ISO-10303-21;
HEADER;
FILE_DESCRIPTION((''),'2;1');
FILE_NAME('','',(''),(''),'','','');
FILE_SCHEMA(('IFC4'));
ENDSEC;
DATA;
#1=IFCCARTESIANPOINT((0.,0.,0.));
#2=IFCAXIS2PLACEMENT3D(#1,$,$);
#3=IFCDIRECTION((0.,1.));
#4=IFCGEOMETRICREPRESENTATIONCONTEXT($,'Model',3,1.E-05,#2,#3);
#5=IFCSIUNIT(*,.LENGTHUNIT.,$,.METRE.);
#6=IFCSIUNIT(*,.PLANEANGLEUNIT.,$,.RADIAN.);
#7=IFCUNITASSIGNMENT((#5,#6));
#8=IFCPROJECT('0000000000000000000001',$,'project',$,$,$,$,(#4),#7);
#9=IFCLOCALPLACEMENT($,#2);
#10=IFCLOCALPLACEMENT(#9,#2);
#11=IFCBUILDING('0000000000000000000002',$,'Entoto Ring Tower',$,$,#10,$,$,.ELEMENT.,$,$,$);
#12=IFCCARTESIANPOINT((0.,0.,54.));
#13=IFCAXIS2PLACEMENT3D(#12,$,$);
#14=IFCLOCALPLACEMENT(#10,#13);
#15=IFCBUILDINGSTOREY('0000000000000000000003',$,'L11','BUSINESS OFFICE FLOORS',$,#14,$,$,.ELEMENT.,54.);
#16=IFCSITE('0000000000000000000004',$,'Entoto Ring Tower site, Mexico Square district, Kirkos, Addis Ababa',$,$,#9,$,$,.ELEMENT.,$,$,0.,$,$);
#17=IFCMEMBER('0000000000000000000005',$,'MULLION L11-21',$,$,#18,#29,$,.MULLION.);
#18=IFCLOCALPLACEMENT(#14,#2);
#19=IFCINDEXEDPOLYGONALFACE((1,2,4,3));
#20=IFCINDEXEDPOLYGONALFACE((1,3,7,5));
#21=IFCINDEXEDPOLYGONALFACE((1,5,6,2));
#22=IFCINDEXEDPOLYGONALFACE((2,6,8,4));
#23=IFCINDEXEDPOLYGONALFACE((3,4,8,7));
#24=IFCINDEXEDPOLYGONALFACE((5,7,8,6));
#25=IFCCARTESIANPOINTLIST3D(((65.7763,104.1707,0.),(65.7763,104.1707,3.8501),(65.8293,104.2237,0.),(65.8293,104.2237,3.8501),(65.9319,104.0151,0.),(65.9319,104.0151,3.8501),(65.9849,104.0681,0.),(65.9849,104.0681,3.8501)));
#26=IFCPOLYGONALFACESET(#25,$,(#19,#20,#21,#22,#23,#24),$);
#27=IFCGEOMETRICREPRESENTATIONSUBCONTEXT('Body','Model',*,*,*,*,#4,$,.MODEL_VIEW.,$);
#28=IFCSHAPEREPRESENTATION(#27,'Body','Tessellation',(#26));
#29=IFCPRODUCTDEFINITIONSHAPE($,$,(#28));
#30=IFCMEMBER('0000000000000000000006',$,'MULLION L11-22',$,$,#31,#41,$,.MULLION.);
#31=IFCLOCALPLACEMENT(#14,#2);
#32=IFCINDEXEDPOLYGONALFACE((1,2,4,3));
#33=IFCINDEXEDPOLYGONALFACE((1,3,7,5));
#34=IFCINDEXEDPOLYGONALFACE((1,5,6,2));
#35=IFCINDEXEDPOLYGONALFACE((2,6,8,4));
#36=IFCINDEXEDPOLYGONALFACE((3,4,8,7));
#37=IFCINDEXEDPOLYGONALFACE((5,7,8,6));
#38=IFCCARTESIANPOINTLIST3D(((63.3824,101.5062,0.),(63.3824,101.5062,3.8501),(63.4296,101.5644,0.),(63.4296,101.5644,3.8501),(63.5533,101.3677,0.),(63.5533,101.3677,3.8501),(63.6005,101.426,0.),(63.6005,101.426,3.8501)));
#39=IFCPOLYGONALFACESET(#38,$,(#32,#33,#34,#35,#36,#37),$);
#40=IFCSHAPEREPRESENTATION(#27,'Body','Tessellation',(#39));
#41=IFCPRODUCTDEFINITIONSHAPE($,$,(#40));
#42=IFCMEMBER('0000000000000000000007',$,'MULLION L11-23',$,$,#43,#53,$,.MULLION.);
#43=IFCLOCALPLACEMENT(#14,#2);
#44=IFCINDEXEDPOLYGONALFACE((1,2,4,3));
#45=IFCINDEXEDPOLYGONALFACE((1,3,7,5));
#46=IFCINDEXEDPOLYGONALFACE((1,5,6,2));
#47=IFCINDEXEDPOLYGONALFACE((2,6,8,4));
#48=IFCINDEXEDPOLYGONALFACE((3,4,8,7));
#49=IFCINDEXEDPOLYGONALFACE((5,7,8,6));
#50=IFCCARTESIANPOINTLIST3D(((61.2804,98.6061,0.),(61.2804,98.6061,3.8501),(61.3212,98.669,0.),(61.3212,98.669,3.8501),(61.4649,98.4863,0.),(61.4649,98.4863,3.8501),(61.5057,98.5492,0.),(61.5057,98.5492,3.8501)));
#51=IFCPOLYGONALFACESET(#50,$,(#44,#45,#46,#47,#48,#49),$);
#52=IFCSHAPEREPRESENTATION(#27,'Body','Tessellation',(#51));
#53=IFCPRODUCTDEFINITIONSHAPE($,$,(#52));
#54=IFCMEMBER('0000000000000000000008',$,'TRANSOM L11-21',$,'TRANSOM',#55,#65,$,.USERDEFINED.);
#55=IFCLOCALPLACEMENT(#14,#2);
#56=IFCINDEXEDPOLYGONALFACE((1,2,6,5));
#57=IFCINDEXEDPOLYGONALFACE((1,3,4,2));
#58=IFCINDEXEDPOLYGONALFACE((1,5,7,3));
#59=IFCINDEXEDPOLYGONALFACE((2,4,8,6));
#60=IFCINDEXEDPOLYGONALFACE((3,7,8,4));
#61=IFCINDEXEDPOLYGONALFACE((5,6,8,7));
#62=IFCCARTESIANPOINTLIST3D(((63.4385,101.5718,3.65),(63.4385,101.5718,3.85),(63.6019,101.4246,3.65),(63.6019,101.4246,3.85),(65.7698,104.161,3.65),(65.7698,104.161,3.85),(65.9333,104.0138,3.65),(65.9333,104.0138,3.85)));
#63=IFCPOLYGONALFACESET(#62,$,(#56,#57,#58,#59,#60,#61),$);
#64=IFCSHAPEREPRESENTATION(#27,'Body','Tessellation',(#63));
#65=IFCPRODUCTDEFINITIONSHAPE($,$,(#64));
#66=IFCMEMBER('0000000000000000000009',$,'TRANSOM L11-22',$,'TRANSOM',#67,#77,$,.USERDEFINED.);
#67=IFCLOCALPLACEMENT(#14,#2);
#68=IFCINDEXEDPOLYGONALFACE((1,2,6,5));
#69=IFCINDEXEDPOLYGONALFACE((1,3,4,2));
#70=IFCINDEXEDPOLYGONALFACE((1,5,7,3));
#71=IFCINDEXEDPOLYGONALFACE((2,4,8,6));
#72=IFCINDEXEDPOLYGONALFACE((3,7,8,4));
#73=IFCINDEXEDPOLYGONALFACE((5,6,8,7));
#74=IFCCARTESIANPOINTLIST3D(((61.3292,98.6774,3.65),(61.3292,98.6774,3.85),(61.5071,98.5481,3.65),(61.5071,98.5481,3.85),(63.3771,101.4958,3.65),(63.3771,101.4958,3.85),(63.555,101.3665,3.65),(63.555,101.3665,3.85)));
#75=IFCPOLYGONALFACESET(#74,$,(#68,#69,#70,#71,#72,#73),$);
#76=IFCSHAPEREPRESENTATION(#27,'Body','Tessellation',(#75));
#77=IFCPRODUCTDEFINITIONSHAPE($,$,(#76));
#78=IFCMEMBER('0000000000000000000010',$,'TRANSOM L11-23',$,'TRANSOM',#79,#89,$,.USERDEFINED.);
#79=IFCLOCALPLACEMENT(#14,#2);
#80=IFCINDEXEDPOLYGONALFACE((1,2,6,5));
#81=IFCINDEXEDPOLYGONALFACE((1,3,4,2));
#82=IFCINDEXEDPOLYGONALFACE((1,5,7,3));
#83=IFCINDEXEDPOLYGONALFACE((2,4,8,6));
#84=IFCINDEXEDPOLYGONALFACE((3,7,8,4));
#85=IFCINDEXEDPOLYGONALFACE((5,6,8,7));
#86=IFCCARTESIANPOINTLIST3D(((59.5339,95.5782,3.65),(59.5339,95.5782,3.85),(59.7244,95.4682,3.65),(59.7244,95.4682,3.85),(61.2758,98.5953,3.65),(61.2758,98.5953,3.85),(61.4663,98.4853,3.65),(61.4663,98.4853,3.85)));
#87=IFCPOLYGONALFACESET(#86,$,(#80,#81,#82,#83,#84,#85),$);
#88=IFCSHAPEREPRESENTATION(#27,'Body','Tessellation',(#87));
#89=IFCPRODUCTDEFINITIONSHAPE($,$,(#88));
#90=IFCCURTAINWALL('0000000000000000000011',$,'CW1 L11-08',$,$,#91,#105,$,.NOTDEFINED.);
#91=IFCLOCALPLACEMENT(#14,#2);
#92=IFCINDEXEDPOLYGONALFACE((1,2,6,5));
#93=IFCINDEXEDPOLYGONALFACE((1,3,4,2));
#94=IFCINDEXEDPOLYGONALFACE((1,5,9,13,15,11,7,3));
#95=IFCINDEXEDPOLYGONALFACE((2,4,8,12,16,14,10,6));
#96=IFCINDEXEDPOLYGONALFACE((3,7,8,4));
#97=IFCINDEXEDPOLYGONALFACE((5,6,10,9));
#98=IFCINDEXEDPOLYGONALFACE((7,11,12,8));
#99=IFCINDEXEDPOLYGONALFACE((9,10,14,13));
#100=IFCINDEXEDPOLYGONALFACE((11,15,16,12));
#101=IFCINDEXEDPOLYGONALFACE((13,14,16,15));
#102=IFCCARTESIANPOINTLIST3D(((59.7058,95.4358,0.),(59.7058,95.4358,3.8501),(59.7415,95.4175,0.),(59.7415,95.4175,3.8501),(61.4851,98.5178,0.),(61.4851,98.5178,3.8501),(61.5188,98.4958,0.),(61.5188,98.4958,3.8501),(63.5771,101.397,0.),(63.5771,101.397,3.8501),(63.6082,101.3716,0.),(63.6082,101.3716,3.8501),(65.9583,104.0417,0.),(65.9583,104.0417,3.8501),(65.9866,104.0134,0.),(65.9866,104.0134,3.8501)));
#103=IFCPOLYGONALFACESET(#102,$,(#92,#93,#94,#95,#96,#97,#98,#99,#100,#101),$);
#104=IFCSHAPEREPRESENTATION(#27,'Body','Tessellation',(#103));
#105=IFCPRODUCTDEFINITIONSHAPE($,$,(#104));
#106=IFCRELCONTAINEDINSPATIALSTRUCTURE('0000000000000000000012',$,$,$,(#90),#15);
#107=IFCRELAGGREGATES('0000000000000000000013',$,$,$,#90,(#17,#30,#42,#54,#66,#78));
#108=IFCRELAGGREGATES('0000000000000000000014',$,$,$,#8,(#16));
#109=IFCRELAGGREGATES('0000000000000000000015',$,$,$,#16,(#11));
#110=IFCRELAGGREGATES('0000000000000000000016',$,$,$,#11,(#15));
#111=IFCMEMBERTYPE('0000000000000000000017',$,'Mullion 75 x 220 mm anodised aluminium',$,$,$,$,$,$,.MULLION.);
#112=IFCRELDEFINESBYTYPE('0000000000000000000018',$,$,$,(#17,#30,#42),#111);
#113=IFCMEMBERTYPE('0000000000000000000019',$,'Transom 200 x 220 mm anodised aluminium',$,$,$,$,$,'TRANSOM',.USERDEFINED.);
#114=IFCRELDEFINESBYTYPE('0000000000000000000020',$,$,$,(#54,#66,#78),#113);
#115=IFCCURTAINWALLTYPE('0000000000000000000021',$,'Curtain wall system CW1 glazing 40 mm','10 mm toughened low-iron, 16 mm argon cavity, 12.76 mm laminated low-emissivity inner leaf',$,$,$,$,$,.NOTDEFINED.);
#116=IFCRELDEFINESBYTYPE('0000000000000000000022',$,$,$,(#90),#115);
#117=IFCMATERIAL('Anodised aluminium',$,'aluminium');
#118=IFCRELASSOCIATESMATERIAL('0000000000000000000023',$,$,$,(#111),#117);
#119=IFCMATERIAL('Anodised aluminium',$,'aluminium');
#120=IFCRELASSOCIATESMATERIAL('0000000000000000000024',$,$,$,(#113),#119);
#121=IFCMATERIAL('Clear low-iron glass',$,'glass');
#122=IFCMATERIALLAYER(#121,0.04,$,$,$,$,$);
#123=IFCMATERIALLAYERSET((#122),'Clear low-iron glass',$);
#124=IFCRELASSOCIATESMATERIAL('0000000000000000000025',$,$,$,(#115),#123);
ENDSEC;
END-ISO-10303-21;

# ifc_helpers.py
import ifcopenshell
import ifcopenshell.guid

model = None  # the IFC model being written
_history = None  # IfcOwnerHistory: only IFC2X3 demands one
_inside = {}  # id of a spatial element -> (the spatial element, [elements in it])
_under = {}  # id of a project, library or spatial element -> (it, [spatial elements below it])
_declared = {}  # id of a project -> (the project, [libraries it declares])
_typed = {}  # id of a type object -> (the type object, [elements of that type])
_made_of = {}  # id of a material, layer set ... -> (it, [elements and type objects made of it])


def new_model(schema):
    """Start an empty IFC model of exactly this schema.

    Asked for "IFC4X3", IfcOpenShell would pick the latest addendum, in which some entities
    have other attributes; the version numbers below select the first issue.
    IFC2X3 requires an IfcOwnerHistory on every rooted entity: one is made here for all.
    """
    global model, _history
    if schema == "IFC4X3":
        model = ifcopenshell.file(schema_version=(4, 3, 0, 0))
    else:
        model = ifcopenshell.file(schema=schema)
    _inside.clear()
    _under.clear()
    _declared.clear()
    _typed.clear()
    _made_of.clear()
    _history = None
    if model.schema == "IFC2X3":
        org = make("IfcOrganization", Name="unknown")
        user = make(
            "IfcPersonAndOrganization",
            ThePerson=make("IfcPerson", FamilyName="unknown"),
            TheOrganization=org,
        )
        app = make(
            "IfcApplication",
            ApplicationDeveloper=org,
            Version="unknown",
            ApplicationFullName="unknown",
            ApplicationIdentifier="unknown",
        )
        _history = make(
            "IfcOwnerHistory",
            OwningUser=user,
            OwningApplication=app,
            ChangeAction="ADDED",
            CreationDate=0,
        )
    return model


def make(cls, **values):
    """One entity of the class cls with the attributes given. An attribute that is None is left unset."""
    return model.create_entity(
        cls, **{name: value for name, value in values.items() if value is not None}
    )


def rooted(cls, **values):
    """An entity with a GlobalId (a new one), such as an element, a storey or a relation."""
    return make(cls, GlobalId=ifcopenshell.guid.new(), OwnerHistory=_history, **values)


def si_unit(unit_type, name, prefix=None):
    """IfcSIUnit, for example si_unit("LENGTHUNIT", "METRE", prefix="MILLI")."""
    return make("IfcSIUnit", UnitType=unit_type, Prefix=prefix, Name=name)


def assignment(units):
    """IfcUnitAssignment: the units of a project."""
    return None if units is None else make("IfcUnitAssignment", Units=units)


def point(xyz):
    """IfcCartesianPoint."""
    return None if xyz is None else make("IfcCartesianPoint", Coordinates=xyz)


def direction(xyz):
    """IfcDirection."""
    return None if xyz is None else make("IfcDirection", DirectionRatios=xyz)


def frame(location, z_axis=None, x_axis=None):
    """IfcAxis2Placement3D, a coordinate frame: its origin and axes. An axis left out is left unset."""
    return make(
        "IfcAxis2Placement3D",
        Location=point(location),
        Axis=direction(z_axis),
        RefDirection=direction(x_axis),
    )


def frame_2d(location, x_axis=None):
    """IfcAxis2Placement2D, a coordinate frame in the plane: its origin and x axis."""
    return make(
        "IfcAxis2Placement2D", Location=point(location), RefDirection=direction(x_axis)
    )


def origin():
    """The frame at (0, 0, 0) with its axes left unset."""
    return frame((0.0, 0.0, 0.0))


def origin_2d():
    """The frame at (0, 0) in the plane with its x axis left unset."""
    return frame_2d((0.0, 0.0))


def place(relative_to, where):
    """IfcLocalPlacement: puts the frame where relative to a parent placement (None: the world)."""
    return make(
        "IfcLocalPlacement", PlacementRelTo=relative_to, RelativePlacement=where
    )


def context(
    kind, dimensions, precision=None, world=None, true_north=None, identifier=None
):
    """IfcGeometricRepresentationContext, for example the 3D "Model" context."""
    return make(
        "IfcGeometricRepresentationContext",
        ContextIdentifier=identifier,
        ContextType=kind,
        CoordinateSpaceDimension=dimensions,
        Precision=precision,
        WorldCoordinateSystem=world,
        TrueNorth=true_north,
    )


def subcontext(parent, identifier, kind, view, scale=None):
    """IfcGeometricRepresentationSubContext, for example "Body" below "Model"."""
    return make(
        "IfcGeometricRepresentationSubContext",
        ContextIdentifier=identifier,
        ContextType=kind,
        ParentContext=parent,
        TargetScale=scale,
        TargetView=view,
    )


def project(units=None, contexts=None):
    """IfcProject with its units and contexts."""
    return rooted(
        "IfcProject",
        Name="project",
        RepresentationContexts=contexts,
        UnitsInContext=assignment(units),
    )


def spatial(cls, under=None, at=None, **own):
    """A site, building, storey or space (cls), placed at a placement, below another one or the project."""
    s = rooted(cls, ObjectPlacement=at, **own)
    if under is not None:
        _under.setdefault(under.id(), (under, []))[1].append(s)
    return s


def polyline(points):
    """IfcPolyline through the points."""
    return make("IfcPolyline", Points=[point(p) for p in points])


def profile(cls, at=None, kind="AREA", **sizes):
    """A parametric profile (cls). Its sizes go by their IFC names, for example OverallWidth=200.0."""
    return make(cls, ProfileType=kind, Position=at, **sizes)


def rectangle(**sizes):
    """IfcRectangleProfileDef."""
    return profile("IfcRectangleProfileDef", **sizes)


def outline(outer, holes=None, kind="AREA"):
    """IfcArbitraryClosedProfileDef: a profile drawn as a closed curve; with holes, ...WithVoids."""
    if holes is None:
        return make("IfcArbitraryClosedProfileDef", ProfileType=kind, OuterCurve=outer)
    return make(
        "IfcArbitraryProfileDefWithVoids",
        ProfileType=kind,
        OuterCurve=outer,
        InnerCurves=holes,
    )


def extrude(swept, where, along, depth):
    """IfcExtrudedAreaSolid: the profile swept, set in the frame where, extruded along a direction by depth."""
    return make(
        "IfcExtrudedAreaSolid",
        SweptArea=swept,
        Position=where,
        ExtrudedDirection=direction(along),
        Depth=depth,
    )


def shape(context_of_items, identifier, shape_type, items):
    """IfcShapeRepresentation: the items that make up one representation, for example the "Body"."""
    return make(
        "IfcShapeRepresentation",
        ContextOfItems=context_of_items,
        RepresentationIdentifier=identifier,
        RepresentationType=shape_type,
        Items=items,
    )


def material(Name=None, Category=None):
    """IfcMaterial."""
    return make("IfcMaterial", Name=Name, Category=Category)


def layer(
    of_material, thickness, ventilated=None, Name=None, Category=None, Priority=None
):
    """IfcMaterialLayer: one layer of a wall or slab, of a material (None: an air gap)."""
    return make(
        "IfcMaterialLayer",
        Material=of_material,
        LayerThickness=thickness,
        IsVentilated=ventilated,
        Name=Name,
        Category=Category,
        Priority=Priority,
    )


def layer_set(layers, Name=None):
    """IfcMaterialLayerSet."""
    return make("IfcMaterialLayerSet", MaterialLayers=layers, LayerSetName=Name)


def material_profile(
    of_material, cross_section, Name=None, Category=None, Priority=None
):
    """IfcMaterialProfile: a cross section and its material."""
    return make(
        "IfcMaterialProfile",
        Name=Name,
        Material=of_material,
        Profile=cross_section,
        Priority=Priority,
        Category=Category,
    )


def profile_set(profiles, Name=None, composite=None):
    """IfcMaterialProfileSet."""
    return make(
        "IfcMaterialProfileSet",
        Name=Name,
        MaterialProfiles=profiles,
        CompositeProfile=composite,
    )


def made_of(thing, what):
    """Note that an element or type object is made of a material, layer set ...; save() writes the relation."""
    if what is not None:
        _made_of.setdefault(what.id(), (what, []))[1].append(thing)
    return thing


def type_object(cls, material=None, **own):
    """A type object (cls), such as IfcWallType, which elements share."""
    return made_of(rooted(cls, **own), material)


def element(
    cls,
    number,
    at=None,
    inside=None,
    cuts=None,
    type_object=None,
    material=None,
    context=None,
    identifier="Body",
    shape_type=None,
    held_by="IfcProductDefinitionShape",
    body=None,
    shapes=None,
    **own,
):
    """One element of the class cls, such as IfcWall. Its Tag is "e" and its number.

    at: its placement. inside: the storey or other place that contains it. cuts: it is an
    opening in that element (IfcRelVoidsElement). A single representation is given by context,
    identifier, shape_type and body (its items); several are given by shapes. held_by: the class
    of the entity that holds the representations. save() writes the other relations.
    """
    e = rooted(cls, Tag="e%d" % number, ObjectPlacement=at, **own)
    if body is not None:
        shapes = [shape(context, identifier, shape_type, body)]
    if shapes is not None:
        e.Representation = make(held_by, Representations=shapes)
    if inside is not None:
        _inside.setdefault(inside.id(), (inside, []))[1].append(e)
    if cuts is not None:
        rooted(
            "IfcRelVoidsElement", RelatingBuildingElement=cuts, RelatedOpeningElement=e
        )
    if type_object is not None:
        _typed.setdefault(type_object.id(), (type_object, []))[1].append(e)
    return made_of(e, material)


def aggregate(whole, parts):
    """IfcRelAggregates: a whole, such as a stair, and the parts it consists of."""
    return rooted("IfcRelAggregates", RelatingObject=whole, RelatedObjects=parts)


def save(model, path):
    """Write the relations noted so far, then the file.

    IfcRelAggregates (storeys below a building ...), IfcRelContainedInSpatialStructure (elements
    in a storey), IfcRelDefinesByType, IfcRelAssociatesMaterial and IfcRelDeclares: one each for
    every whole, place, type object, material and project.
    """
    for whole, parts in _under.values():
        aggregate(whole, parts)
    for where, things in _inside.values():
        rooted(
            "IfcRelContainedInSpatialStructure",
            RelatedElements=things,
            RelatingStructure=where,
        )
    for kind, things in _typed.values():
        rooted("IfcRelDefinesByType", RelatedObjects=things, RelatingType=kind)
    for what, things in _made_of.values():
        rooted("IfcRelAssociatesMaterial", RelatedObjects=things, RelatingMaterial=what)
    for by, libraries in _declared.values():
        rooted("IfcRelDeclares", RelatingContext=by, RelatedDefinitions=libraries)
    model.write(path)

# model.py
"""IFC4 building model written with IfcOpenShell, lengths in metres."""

from ifc_helpers import new_model, si_unit, direction, frame, origin, origin_2d, place, context, subcontext, project, spatial, polyline, rectangle, outline, extrude, material, layer, layer_set, material_profile, profile_set, type_object, element, aggregate, save


model = new_model("IFC4")

# Units and contexts
model_context = context("Model", 3, precision=1e-05, world=origin(), true_north=direction((0.0, 1.0)))
body_context = subcontext(model_context, "Body", "Model", "MODEL_VIEW")
ifc_project = project(units=[si_unit("LENGTHUNIT", "METRE"), si_unit("PLANEANGLEUNIT", "RADIAN")], contexts=[model_context])

# Members
ifc_material_1 = material(Name="Anodised aluminium", Category="aluminium")
ifc_material_profile_1 = material_profile(ifc_material_1, rectangle(XDim=0.075, YDim=0.22, at=origin_2d()), Name="Mullion 75 x 220 mm anodised aluminium")
ifc_profile_set_1 = profile_set([ifc_material_profile_1], Name="Anodised aluminium")
member_type_1 = type_object("IfcMemberType", Name="Mullion 75 x 220 mm anodised aluminium", PredefinedType="MULLION", material=ifc_profile_set_1)
site_placement = place(None, origin())
building_placement = place(site_placement, origin())
storey_placement = place(building_placement, frame((0.0, 0.0, 54.0)))
member_1_placement = place(storey_placement, frame((65.8806, 104.1194, 0.0), z_axis=(0.0, 0.0, 1.0), x_axis=(-0.707107, -0.707107, 0.0)))
member_1 = element("IfcMember", 1, at=member_1_placement, type_object=member_type_1, Name="MULLION L11-21", PredefinedType="MULLION", context=body_context, shape_type="SweptSolid", body=[
    extrude(rectangle(XDim=0.075, YDim=0.22, at=origin_2d()), origin(), (0.0, 0.0, 1.0), 3.8501),
])
member_2_placement = place(storey_placement, frame((63.4915, 101.4661, 0.0), z_axis=(0.0, 0.0, 1.0), x_axis=(-0.62932, -0.777146, 0.0)))
member_2 = element("IfcMember", 2, at=member_2_placement, type_object=member_type_1, Name="MULLION L11-22", PredefinedType="MULLION", context=body_context, shape_type="SweptSolid", body=[
    extrude(rectangle(XDim=0.075, YDim=0.22, at=origin_2d()), origin(), (0.0, 0.0, 1.0), 3.8501),
])
member_3_placement = place(storey_placement, frame((61.3931, 98.5776, 0.0), z_axis=(0.0, 0.0, 1.0), x_axis=(-0.544639, -0.838671, 0.0)))
member_3 = element("IfcMember", 3, at=member_3_placement, type_object=member_type_1, Name="MULLION L11-23", PredefinedType="MULLION", context=body_context, shape_type="SweptSolid", body=[
    extrude(rectangle(XDim=0.075, YDim=0.22, at=origin_2d()), origin(), (0.0, 0.0, 1.0), 3.8501),
])
ifc_material_2 = material(Name="Anodised aluminium", Category="aluminium")
ifc_material_profile_2 = material_profile(ifc_material_2, rectangle(XDim=0.22, YDim=0.2, at=origin_2d()), Name="Transom 200 x 220 mm anodised aluminium")
ifc_profile_set_2 = profile_set([ifc_material_profile_2], Name="Anodised aluminium")
member_type_2 = type_object("IfcMemberType", Name="Transom 200 x 220 mm anodised aluminium", ElementType="TRANSOM", PredefinedType="USERDEFINED", material=ifc_profile_set_2)
member_4_placement = place(storey_placement, frame((65.8516, 104.0874, 3.75), z_axis=(-0.669139, -0.743137, 0.0), x_axis=(0.743137, -0.669139, 0.0)))
member_4 = element("IfcMember", 4, at=member_4_placement, type_object=member_type_2, Name="TRANSOM L11-21", ObjectType="TRANSOM", PredefinedType="USERDEFINED", context=body_context, shape_type="SweptSolid", body=[
    extrude(rectangle(XDim=0.22, YDim=0.2, at=origin_2d()), origin(), (0.0, 0.0, 1.0), 3.4841),
])
member_5_placement = place(storey_placement, frame((63.4661, 101.4312, 3.75), z_axis=(-0.587822, -0.808991, 0.0), x_axis=(0.808991, -0.587822, 0.0)))
member_5 = element("IfcMember", 5, at=member_5_placement, type_object=member_type_2, Name="TRANSOM L11-22", ObjectType="TRANSOM", PredefinedType="USERDEFINED", context=body_context, shape_type="SweptSolid", body=[
    extrude(rectangle(XDim=0.22, YDim=0.2, at=origin_2d()), origin(), (0.0, 0.0, 1.0), 3.4839),
])
member_6_placement = place(storey_placement, frame((61.3711, 98.5403, 3.75), z_axis=(-0.500006, -0.866022, 0.0), x_axis=(0.866022, -0.500006, 0.0)))
member_6 = element("IfcMember", 6, at=member_6_placement, type_object=member_type_2, Name="TRANSOM L11-23", ObjectType="TRANSOM", PredefinedType="USERDEFINED", context=body_context, shape_type="SweptSolid", body=[
    extrude(rectangle(XDim=0.22, YDim=0.2, at=origin_2d()), origin(), (0.0, 0.0, 1.0), 3.4839),
])

# Site, building, storey
site = spatial("IfcSite", under=ifc_project, at=site_placement, Name="Entoto Ring Tower site, Mexico Square district, Kirkos, Addis Ababa", CompositionType="ELEMENT", RefElevation=0.0)
building = spatial("IfcBuilding", under=site, at=building_placement, Name="Entoto Ring Tower", CompositionType="ELEMENT")
storey = spatial("IfcBuildingStorey", under=building, at=storey_placement, Name="L11", Description="BUSINESS OFFICE FLOORS", CompositionType="ELEMENT", Elevation=54.0)

# Curtain wall
ifc_material_3 = material(Name="Clear low-iron glass", Category="glass")
ifc_layer = layer(ifc_material_3, 0.04)
ifc_layer_set = layer_set([ifc_layer], Name="Clear low-iron glass")
curtain_wall_type = type_object("IfcCurtainWallType", Name="Curtain wall system CW1 glazing 40 mm", Description="10 mm toughened low-iron, 16 mm argon cavity, 12.76 mm laminated low-emissivity inner leaf", PredefinedType="NOTDEFINED", material=ifc_layer_set)
curtain_wall_1_placement = place(storey_placement, origin())
curtain_wall_1 = element("IfcCurtainWall", 7, at=curtain_wall_1_placement, inside=storey, type_object=curtain_wall_type, Name="CW1 L11-08", PredefinedType="NOTDEFINED", context=body_context, shape_type="SweptSolid", body=[
    extrude(outline(polyline([(65.9583, 104.0417), (63.5771, 101.397), (61.4851, 98.5178), (59.7058, 95.4358), (59.7415, 95.4175), (61.5188, 98.4958), (63.6082, 101.3716), (65.9866, 104.0134), (65.9583, 104.0417)])), origin(), (0.0, 0.0, 1.0), 3.8501),
])
aggregate(curtain_wall_1, [member_1, member_2, member_3, member_4, member_5, member_6])

save(model, "model.ifc")
